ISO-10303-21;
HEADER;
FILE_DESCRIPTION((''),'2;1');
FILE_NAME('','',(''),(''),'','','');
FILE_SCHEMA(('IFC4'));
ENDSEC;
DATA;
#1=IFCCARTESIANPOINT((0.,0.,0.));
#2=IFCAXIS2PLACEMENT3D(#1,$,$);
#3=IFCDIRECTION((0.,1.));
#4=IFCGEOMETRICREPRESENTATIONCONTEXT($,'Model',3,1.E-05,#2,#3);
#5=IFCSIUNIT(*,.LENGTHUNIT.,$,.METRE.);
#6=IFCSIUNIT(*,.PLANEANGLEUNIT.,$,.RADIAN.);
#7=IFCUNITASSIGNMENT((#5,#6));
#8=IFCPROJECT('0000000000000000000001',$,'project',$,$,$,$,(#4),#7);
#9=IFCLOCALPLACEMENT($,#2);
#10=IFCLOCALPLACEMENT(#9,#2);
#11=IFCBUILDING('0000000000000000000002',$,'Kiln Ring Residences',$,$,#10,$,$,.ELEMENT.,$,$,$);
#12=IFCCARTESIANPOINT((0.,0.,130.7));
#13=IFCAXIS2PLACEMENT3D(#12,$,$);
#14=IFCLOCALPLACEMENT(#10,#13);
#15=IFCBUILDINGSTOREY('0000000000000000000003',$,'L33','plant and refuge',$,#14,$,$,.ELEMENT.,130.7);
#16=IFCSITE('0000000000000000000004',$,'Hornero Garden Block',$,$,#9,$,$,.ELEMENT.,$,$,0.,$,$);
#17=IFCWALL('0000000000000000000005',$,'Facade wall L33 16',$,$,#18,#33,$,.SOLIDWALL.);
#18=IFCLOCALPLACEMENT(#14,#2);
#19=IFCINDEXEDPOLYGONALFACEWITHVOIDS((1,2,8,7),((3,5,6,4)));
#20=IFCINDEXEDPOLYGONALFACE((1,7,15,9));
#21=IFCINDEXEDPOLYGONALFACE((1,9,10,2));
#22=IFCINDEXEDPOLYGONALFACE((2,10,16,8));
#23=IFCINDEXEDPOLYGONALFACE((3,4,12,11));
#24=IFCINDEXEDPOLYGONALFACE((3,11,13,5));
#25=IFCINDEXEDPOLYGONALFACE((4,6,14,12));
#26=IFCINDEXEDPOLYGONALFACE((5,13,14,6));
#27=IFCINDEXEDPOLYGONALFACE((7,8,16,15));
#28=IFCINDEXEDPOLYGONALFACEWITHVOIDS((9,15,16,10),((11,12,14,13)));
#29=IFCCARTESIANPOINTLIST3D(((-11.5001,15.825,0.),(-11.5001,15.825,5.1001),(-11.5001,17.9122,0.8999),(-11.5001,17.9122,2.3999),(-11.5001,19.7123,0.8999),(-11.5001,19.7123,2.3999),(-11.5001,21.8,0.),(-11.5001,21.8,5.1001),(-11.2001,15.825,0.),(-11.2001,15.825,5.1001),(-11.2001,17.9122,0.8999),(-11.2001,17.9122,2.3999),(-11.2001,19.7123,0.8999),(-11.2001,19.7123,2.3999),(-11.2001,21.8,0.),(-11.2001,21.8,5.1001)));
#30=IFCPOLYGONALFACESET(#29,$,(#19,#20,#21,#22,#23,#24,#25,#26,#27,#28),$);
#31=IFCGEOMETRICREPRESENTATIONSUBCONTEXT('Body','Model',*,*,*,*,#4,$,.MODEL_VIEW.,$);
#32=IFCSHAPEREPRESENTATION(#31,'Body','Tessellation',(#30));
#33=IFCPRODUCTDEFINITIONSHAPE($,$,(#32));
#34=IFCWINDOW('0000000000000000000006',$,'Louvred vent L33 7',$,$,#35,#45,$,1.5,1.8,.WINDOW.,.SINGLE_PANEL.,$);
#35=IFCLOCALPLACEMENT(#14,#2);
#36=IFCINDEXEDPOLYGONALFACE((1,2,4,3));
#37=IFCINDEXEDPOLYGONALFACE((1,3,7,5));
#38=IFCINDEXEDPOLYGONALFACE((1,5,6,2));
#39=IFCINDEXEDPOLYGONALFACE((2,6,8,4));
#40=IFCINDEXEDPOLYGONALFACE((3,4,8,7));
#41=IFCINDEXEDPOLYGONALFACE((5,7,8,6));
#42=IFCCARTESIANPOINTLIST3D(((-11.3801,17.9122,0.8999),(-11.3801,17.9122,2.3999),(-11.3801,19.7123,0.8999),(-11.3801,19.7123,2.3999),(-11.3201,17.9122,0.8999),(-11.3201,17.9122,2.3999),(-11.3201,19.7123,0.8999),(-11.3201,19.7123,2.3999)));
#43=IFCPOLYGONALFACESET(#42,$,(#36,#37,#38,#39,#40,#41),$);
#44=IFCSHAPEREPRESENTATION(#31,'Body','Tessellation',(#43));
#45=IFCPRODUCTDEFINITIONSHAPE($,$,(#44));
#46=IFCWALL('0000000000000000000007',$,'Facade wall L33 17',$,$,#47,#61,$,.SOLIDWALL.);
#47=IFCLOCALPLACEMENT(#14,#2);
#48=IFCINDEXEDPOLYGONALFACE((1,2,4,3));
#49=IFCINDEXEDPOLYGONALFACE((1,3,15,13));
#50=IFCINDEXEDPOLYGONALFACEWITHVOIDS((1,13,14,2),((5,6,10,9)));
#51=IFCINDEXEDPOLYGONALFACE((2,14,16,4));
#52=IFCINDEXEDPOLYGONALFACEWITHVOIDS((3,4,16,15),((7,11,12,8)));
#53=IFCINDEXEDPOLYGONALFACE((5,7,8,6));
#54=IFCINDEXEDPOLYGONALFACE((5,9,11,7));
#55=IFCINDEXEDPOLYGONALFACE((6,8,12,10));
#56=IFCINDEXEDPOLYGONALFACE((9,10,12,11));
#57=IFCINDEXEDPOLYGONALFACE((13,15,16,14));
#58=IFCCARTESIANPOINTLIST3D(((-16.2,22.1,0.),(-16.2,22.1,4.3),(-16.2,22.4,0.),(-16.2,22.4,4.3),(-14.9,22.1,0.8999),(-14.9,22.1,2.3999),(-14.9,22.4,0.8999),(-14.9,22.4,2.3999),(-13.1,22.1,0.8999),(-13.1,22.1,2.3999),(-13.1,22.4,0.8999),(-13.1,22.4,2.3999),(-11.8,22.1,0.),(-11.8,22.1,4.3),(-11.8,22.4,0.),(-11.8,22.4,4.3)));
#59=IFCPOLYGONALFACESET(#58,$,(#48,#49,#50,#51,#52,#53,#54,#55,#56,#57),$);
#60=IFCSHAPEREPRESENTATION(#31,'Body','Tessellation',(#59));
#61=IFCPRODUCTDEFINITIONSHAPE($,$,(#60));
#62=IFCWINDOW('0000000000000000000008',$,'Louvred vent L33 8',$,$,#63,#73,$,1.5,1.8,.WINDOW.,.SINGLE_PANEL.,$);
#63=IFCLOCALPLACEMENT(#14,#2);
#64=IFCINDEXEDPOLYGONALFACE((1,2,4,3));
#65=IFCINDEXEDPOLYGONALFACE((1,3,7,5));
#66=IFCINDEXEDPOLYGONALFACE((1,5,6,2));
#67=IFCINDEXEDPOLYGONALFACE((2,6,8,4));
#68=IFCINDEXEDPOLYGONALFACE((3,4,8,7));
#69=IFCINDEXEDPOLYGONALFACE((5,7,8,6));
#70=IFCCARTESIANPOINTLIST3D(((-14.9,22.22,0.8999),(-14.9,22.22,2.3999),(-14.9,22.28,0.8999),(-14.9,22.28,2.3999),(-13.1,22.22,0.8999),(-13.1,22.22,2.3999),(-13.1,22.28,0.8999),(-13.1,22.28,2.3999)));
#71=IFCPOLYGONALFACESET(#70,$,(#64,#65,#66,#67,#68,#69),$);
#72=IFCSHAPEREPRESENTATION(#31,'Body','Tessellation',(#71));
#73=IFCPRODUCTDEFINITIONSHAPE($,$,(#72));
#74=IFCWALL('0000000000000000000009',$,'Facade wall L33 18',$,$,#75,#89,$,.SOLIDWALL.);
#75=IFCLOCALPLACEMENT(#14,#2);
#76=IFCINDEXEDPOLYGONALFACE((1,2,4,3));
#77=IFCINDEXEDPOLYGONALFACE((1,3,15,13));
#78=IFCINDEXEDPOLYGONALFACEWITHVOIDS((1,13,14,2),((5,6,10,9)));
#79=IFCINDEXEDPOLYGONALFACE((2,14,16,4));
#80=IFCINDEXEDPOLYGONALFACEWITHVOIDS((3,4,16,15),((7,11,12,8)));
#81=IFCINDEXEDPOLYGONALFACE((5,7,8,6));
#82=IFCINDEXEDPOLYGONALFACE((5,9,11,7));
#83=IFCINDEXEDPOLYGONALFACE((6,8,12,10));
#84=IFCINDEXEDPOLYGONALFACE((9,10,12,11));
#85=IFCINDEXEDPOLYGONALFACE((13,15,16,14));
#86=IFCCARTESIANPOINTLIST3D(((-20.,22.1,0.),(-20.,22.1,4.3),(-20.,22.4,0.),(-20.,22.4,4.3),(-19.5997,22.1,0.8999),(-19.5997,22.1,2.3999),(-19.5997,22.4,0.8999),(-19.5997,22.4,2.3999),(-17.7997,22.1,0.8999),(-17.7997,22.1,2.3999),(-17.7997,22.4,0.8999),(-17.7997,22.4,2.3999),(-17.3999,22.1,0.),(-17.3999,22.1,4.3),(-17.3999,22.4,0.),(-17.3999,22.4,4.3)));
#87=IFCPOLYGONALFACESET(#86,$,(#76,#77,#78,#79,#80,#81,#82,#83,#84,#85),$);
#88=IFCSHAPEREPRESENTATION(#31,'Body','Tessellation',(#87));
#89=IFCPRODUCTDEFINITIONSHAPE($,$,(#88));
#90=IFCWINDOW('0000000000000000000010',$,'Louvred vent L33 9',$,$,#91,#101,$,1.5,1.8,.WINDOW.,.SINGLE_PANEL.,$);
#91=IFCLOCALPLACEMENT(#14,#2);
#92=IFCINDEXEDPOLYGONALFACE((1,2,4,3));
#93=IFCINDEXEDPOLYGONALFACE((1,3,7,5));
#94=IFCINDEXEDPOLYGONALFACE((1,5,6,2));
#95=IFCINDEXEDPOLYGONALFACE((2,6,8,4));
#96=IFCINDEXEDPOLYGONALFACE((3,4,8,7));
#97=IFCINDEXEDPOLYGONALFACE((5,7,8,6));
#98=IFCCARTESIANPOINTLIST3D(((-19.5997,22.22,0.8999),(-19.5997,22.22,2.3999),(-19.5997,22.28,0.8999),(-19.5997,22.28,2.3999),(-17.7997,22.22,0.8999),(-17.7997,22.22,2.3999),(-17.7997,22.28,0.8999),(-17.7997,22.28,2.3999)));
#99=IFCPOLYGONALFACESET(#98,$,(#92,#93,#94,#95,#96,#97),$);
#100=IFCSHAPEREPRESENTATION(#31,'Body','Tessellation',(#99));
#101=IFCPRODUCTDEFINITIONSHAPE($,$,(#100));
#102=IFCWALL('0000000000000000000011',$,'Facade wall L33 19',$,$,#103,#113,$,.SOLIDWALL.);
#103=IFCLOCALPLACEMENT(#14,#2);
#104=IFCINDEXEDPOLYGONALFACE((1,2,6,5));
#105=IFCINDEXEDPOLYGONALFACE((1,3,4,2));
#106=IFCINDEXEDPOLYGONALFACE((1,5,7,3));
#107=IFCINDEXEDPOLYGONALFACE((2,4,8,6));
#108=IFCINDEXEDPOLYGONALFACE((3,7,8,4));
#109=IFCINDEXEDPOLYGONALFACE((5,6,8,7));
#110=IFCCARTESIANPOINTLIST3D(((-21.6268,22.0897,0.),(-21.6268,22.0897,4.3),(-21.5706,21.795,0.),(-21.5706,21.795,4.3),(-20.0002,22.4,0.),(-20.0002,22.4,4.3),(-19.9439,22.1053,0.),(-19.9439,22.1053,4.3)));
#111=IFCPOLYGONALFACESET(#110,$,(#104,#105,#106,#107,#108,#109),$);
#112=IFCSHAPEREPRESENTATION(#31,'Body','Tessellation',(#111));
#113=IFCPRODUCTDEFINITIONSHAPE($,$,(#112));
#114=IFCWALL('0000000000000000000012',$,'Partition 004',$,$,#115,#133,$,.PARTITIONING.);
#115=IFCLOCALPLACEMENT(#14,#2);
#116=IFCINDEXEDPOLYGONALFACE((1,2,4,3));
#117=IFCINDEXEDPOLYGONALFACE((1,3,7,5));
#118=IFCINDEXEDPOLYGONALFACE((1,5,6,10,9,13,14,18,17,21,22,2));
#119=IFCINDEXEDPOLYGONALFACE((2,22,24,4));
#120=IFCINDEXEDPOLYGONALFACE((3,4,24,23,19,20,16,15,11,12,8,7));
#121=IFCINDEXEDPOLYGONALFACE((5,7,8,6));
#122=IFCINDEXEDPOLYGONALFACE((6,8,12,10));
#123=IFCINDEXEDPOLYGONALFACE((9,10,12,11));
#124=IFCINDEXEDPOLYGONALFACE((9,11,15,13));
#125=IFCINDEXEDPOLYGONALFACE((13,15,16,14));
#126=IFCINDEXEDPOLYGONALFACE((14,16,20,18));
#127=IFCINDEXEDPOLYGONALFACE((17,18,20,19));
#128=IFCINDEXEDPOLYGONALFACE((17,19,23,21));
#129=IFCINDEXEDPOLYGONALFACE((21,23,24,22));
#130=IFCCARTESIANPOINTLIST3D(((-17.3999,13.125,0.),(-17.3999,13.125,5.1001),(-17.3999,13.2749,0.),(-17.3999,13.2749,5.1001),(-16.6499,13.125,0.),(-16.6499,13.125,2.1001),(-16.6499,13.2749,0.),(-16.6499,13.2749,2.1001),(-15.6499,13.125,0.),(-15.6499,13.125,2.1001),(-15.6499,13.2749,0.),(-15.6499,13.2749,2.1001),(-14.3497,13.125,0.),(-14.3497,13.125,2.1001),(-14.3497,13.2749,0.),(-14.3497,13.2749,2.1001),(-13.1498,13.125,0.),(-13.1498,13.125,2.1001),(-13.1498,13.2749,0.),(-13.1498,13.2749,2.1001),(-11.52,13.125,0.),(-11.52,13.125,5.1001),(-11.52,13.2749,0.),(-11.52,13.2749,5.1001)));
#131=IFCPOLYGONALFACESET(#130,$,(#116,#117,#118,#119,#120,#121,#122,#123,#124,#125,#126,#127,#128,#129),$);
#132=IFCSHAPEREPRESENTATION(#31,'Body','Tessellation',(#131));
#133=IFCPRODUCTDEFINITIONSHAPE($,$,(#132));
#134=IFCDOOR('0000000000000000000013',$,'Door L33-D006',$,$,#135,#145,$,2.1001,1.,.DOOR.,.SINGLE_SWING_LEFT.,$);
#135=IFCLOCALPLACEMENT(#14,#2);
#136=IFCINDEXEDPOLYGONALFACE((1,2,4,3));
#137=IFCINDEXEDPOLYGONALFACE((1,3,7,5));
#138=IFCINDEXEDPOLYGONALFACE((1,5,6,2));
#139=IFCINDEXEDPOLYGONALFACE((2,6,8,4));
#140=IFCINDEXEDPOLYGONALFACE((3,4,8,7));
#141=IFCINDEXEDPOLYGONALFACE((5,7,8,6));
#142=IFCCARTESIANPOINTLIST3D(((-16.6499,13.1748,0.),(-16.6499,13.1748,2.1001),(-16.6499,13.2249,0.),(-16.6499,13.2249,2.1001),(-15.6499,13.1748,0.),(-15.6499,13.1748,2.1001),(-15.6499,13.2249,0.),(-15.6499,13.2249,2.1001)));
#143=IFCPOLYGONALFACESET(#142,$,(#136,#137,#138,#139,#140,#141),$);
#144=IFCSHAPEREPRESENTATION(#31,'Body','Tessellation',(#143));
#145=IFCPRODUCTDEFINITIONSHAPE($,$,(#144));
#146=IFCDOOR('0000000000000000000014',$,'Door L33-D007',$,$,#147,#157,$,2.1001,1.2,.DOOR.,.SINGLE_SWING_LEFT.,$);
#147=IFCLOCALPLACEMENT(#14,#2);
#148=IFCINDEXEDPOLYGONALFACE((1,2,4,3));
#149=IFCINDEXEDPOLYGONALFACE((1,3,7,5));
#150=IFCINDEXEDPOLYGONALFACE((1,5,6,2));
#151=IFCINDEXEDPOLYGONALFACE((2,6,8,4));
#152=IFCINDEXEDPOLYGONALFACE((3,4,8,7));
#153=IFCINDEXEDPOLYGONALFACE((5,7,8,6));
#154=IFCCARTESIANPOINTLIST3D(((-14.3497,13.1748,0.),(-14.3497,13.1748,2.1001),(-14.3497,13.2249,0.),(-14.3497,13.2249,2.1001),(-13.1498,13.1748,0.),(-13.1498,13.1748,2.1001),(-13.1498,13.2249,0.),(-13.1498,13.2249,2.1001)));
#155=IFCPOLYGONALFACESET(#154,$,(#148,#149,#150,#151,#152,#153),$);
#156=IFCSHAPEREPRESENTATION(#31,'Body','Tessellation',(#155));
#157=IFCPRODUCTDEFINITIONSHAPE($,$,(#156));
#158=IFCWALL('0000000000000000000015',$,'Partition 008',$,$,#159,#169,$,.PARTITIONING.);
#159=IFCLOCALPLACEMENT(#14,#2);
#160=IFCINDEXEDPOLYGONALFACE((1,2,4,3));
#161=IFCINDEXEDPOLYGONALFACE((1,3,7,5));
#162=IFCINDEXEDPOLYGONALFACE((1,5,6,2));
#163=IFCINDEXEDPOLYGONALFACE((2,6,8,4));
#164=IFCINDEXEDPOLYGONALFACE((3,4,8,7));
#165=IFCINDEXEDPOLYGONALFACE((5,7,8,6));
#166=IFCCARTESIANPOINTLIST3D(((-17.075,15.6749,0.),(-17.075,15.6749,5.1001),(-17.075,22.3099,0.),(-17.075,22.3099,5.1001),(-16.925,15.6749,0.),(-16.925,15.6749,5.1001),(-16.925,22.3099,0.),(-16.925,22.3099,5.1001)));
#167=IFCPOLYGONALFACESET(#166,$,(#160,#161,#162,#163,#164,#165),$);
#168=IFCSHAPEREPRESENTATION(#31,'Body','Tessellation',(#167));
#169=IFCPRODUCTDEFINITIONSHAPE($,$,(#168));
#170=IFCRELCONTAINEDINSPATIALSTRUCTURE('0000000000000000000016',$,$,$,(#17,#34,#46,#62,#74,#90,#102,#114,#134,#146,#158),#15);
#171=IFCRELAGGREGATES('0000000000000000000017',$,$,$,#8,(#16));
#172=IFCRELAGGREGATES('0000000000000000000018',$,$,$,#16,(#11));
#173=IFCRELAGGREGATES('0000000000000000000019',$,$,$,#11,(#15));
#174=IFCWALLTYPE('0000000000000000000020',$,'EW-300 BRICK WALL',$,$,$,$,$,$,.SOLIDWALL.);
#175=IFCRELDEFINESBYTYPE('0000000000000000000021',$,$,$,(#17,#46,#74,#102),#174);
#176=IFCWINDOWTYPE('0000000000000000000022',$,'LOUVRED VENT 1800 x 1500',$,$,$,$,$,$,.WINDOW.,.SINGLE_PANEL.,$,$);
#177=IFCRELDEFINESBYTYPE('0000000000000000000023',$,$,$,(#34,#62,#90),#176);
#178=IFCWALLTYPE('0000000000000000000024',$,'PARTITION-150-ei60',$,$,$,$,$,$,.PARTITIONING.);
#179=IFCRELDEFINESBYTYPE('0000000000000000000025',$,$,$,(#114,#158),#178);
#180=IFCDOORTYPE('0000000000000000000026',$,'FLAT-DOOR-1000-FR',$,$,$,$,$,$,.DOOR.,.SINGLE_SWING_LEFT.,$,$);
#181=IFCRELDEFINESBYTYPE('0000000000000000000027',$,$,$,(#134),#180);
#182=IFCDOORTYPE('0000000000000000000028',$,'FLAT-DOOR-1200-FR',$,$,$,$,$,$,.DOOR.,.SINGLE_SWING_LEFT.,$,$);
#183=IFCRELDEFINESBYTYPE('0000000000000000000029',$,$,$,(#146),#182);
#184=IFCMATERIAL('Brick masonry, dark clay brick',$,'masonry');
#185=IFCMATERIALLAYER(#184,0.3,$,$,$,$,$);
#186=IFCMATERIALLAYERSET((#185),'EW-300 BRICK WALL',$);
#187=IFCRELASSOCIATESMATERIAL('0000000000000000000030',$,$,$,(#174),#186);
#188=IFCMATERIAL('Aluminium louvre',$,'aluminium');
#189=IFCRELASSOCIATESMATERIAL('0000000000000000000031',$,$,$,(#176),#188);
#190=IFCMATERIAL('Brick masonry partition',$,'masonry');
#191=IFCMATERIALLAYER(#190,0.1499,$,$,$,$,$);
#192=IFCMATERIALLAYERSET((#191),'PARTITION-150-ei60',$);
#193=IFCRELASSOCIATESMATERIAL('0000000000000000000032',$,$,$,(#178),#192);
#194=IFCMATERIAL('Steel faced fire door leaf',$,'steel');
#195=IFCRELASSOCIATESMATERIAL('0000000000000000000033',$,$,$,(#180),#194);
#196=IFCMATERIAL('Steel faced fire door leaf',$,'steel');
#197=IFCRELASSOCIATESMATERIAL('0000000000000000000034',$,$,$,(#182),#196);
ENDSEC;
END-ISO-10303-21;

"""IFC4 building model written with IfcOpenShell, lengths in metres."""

from ifc_helpers import new_model, si_unit, direction, frame, frame_2d, origin, place, context, subcontext, project, spatial, rectangle, extrude, material, layer, layer_set, type_object, element, fill, save


model = new_model("IFC4")

# Units and contexts
model_context = context("Model", 3, precision=1e-05, world=origin(), true_north=direction((0.0, 1.0)))
body_context = subcontext(model_context, "Body", "Model", "MODEL_VIEW")
ifc_project = project(units=[si_unit("LENGTHUNIT", "METRE"), si_unit("PLANEANGLEUNIT", "RADIAN")], contexts=[model_context])

# Site, building, storey
site_placement = place(None, origin())
site = spatial("IfcSite", under=ifc_project, at=site_placement, Name="Hornero Garden Block", CompositionType="ELEMENT", RefElevation=0.0)
building_placement = place(site_placement, origin())
building = spatial("IfcBuilding", under=site, at=building_placement, Name="Kiln Ring Residences", CompositionType="ELEMENT")
storey_placement = place(building_placement, frame((0.0, 0.0, 130.7)))
storey = spatial("IfcBuildingStorey", under=building, at=storey_placement, Name="L33", Description="plant and refuge", CompositionType="ELEMENT", Elevation=130.7)

# Walls, openings, windows
ifc_material_1 = material(Name="Brick masonry, dark clay brick", Category="masonry")
ifc_layer_1 = layer(ifc_material_1, 0.3)
ifc_layer_set_1 = layer_set([ifc_layer_1], Name="EW-300 BRICK WALL")
wall_type_1 = type_object("IfcWallType", Name="EW-300 BRICK WALL", PredefinedType="SOLIDWALL", material=ifc_layer_set_1)
wall_1_placement = place(storey_placement, frame((-11.3501, 15.825, 0.0), z_axis=(0.0, 0.0, 1.0), x_axis=(0.0, 1.0, 0.0)))
wall_1 = element("IfcWall", 1, at=wall_1_placement, inside=storey, type_object=wall_type_1, Name="Facade wall L33 16", PredefinedType="SOLIDWALL", context=body_context, shape_type="SweptSolid", body=[
    extrude(rectangle(XDim=5.9751, YDim=0.3, at=frame_2d((2.9875, 0.0))), origin(), (0.0, 0.0, 1.0), 5.1001),
])
opening_1_placement = place(wall_1_placement, frame((2.0874, 0.0, 0.8999)))
opening_1 = element("IfcOpeningElement", 2, at=opening_1_placement, cuts=wall_1, PredefinedType="OPENING", context=body_context, shape_type="SweptSolid", body=[
    extrude(rectangle(XDim=1.8, YDim=1.5, at=frame_2d((0.8999, 0.75))), frame((0.0, 0.1599, 0.0), z_axis=(0.0, -1.0, 0.0), x_axis=(1.0, 0.0, 0.0)), (0.0, 0.0, 1.0), 0.3201),
])
ifc_material_2 = material(Name="Aluminium louvre", Category="aluminium")
window_type = type_object("IfcWindowType", Name="LOUVRED VENT 1800 x 1500", PartitioningType="SINGLE_PANEL", PredefinedType="WINDOW", material=ifc_material_2)
window_1_placement = place(opening_1_placement, origin())
window_1 = element("IfcWindow", 3, at=window_1_placement, inside=storey, type_object=window_type, Name="Louvred vent L33 7", OverallHeight=1.5, OverallWidth=1.8, PartitioningType="SINGLE_PANEL", PredefinedType="WINDOW", context=body_context, shape_type="SweptSolid", body=[
    extrude(rectangle(XDim=1.8, YDim=1.5, at=frame_2d((0.8999, 0.75))), frame((0.0, 0.03, 0.0), z_axis=(0.0, -1.0, 0.0), x_axis=(1.0, 0.0, 0.0)), (0.0, 0.0, 1.0), 0.0601),
])
fill(opening_1, window_1)
wall_2_placement = place(storey_placement, frame((-11.8, 22.25, 0.0), z_axis=(0.0, 0.0, 1.0), x_axis=(-1.0, 0.0, 0.0)))
wall_2 = element("IfcWall", 4, at=wall_2_placement, inside=storey, type_object=wall_type_1, Name="Facade wall L33 17", PredefinedType="SOLIDWALL", context=body_context, shape_type="SweptSolid", body=[
    extrude(rectangle(XDim=4.3999, YDim=0.3, at=frame_2d((2.2, 0.0))), origin(), (0.0, 0.0, 1.0), 4.3),
])
opening_2_placement = place(wall_2_placement, frame((1.3, 0.0, 0.8999)))
opening_2 = element("IfcOpeningElement", 5, at=opening_2_placement, cuts=wall_2, PredefinedType="OPENING", context=body_context, shape_type="SweptSolid", body=[
    extrude(rectangle(XDim=1.8, YDim=1.5, at=frame_2d((0.8999, 0.75))), frame((0.0, 0.1599, 0.0), z_axis=(0.0, -1.0, 0.0), x_axis=(1.0, 0.0, 0.0)), (0.0, 0.0, 1.0), 0.3201),
])
window_2_placement = place(opening_2_placement, origin())
window_2 = element("IfcWindow", 6, at=window_2_placement, inside=storey, type_object=window_type, Name="Louvred vent L33 8", OverallHeight=1.5, OverallWidth=1.8, PartitioningType="SINGLE_PANEL", PredefinedType="WINDOW", context=body_context, shape_type="SweptSolid", body=[
    extrude(rectangle(XDim=1.8, YDim=1.5, at=frame_2d((0.8999, 0.75))), frame((0.0, 0.03, 0.0), z_axis=(0.0, -1.0, 0.0), x_axis=(1.0, 0.0, 0.0)), (0.0, 0.0, 1.0), 0.0601),
])
fill(opening_2, window_2)
wall_3_placement = place(storey_placement, frame((-17.3999, 22.25, 0.0), z_axis=(0.0, 0.0, 1.0), x_axis=(-1.0, 0.0, 0.0)))
wall_3 = element("IfcWall", 7, at=wall_3_placement, inside=storey, type_object=wall_type_1, Name="Facade wall L33 18", PredefinedType="SOLIDWALL", context=body_context, shape_type="SweptSolid", body=[
    extrude(rectangle(XDim=2.6001, YDim=0.3, at=frame_2d((1.3, 0.0))), origin(), (0.0, 0.0, 1.0), 4.3),
])
opening_3_placement = place(wall_3_placement, frame((0.3999, 0.0, 0.8999)))
opening_3 = element("IfcOpeningElement", 8, at=opening_3_placement, cuts=wall_3, PredefinedType="OPENING", context=body_context, shape_type="SweptSolid", body=[
    extrude(rectangle(XDim=1.8, YDim=1.5, at=frame_2d((0.8999, 0.75))), frame((0.0, 0.1599, 0.0), z_axis=(0.0, -1.0, 0.0), x_axis=(1.0, 0.0, 0.0)), (0.0, 0.0, 1.0), 0.3201),
])
window_3_placement = place(opening_3_placement, origin())
window_3 = element("IfcWindow", 9, at=window_3_placement, inside=storey, type_object=window_type, Name="Louvred vent L33 9", OverallHeight=1.5, OverallWidth=1.8, PartitioningType="SINGLE_PANEL", PredefinedType="WINDOW", context=body_context, shape_type="SweptSolid", body=[
    extrude(rectangle(XDim=1.8, YDim=1.5, at=frame_2d((0.8999, 0.75))), frame((0.0, 0.03, 0.0), z_axis=(0.0, -1.0, 0.0), x_axis=(1.0, 0.0, 0.0)), (0.0, 0.0, 1.0), 0.0601),
])
fill(opening_3, window_3)

# Wall
wall_4_placement = place(storey_placement, frame((-19.9719, 22.2527, 0.0), z_axis=(0.0, 0.0, 1.0), x_axis=(-0.982288, -0.187376, 0.0)))
element("IfcWall", 10, at=wall_4_placement, inside=storey, type_object=wall_type_1, Name="Facade wall L33 19", PredefinedType="SOLIDWALL", context=body_context, shape_type="SweptSolid", body=[
    extrude(rectangle(XDim=1.656, YDim=0.3, at=frame_2d((0.8281, 0.0))), origin(), (0.0, 0.0, 1.0), 4.3),
])

# Wall, openings, doors
ifc_material_3 = material(Name="Brick masonry partition", Category="masonry")
ifc_layer_2 = layer(ifc_material_3, 0.1499)
ifc_layer_set_2 = layer_set([ifc_layer_2], Name="PARTITION-150-ei60")
wall_type_2 = type_object("IfcWallType", Name="PARTITION-150-ei60", PredefinedType="PARTITIONING", material=ifc_layer_set_2)
wall_5_placement = place(storey_placement, frame((-17.3999, 13.2, 0.0), z_axis=(0.0, 0.0, 1.0), x_axis=(1.0, 0.0, 0.0)))
wall_5 = element("IfcWall", 11, at=wall_5_placement, inside=storey, type_object=wall_type_2, Name="Partition 004", PredefinedType="PARTITIONING", context=body_context, shape_type="SweptSolid", body=[
    extrude(rectangle(XDim=5.8799, YDim=0.1499, at=frame_2d((2.9399, 0.0))), origin(), (0.0, 0.0, 1.0), 5.1001),
])
opening_4_placement = place(wall_5_placement, frame((0.75, 0.0, 0.0)))
opening_4 = element("IfcOpeningElement", 12, at=opening_4_placement, cuts=wall_5, PredefinedType="OPENING", context=body_context, shape_type="SweptSolid", body=[
    extrude(rectangle(XDim=1.0, YDim=2.1001, at=frame_2d((0.5, 1.05))), frame((0.0, 0.085, 0.0), z_axis=(0.0, -1.0, 0.0), x_axis=(1.0, 0.0, 0.0)), (0.0, 0.0, 1.0), 0.1699),
])
opening_5_placement = place(wall_5_placement, frame((3.05, 0.0, 0.0)))
opening_5 = element("IfcOpeningElement", 13, at=opening_5_placement, cuts=wall_5, PredefinedType="OPENING", context=body_context, shape_type="SweptSolid", body=[
    extrude(rectangle(XDim=1.2, YDim=2.1001, at=frame_2d((0.6001, 1.05))), frame((0.0, 0.085, 0.0), z_axis=(0.0, -1.0, 0.0), x_axis=(1.0, 0.0, 0.0)), (0.0, 0.0, 1.0), 0.1699),
])
ifc_material_4 = material(Name="Steel faced fire door leaf", Category="steel")
door_type_1 = type_object("IfcDoorType", Name="FLAT-DOOR-1000-FR", OperationType="SINGLE_SWING_LEFT", PredefinedType="DOOR", material=ifc_material_4)
door_1_placement = place(opening_4_placement, origin())
door_1 = element("IfcDoor", 14, at=door_1_placement, inside=storey, type_object=door_type_1, Name="Door L33-D006", OperationType="SINGLE_SWING_LEFT", OverallHeight=2.1001, OverallWidth=1.0, PredefinedType="DOOR", context=body_context, shape_type="SweptSolid", body=[
    extrude(rectangle(XDim=1.0, YDim=2.1001, at=frame_2d((0.5, 1.05))), frame((0.0, 0.0249, 0.0), z_axis=(0.0, -1.0, 0.0), x_axis=(1.0, 0.0, 0.0)), (0.0, 0.0, 1.0), 0.05),
])
fill(opening_4, door_1)
ifc_material_5 = material(Name="Steel faced fire door leaf", Category="steel")
door_type_2 = type_object("IfcDoorType", Name="FLAT-DOOR-1200-FR", OperationType="SINGLE_SWING_LEFT", PredefinedType="DOOR", material=ifc_material_5)
door_2_placement = place(opening_5_placement, origin())
door_2 = element("IfcDoor", 15, at=door_2_placement, inside=storey, type_object=door_type_2, Name="Door L33-D007", OperationType="SINGLE_SWING_LEFT", OverallHeight=2.1001, OverallWidth=1.2, PredefinedType="DOOR", context=body_context, shape_type="SweptSolid", body=[
    extrude(rectangle(XDim=1.2, YDim=2.1001, at=frame_2d((0.6001, 1.05))), frame((0.0, 0.0249, 0.0), z_axis=(0.0, -1.0, 0.0), x_axis=(1.0, 0.0, 0.0)), (0.0, 0.0, 1.0), 0.05),
])
fill(opening_5, door_2)

# Wall
wall_6_placement = place(storey_placement, frame((-17.0, 15.675, 0.0), z_axis=(0.0, 0.0, 1.0), x_axis=(0.0, 1.0, 0.0)))
element("IfcWall", 16, at=wall_6_placement, inside=storey, type_object=wall_type_2, Name="Partition 008", PredefinedType="PARTITIONING", context=body_context, shape_type="SweptSolid", body=[
    extrude(rectangle(XDim=6.635, YDim=0.1499, at=frame_2d((3.3174, 0.0))), origin(), (0.0, 0.0, 1.0), 5.1001),
])

save(model, "model.ifc")
